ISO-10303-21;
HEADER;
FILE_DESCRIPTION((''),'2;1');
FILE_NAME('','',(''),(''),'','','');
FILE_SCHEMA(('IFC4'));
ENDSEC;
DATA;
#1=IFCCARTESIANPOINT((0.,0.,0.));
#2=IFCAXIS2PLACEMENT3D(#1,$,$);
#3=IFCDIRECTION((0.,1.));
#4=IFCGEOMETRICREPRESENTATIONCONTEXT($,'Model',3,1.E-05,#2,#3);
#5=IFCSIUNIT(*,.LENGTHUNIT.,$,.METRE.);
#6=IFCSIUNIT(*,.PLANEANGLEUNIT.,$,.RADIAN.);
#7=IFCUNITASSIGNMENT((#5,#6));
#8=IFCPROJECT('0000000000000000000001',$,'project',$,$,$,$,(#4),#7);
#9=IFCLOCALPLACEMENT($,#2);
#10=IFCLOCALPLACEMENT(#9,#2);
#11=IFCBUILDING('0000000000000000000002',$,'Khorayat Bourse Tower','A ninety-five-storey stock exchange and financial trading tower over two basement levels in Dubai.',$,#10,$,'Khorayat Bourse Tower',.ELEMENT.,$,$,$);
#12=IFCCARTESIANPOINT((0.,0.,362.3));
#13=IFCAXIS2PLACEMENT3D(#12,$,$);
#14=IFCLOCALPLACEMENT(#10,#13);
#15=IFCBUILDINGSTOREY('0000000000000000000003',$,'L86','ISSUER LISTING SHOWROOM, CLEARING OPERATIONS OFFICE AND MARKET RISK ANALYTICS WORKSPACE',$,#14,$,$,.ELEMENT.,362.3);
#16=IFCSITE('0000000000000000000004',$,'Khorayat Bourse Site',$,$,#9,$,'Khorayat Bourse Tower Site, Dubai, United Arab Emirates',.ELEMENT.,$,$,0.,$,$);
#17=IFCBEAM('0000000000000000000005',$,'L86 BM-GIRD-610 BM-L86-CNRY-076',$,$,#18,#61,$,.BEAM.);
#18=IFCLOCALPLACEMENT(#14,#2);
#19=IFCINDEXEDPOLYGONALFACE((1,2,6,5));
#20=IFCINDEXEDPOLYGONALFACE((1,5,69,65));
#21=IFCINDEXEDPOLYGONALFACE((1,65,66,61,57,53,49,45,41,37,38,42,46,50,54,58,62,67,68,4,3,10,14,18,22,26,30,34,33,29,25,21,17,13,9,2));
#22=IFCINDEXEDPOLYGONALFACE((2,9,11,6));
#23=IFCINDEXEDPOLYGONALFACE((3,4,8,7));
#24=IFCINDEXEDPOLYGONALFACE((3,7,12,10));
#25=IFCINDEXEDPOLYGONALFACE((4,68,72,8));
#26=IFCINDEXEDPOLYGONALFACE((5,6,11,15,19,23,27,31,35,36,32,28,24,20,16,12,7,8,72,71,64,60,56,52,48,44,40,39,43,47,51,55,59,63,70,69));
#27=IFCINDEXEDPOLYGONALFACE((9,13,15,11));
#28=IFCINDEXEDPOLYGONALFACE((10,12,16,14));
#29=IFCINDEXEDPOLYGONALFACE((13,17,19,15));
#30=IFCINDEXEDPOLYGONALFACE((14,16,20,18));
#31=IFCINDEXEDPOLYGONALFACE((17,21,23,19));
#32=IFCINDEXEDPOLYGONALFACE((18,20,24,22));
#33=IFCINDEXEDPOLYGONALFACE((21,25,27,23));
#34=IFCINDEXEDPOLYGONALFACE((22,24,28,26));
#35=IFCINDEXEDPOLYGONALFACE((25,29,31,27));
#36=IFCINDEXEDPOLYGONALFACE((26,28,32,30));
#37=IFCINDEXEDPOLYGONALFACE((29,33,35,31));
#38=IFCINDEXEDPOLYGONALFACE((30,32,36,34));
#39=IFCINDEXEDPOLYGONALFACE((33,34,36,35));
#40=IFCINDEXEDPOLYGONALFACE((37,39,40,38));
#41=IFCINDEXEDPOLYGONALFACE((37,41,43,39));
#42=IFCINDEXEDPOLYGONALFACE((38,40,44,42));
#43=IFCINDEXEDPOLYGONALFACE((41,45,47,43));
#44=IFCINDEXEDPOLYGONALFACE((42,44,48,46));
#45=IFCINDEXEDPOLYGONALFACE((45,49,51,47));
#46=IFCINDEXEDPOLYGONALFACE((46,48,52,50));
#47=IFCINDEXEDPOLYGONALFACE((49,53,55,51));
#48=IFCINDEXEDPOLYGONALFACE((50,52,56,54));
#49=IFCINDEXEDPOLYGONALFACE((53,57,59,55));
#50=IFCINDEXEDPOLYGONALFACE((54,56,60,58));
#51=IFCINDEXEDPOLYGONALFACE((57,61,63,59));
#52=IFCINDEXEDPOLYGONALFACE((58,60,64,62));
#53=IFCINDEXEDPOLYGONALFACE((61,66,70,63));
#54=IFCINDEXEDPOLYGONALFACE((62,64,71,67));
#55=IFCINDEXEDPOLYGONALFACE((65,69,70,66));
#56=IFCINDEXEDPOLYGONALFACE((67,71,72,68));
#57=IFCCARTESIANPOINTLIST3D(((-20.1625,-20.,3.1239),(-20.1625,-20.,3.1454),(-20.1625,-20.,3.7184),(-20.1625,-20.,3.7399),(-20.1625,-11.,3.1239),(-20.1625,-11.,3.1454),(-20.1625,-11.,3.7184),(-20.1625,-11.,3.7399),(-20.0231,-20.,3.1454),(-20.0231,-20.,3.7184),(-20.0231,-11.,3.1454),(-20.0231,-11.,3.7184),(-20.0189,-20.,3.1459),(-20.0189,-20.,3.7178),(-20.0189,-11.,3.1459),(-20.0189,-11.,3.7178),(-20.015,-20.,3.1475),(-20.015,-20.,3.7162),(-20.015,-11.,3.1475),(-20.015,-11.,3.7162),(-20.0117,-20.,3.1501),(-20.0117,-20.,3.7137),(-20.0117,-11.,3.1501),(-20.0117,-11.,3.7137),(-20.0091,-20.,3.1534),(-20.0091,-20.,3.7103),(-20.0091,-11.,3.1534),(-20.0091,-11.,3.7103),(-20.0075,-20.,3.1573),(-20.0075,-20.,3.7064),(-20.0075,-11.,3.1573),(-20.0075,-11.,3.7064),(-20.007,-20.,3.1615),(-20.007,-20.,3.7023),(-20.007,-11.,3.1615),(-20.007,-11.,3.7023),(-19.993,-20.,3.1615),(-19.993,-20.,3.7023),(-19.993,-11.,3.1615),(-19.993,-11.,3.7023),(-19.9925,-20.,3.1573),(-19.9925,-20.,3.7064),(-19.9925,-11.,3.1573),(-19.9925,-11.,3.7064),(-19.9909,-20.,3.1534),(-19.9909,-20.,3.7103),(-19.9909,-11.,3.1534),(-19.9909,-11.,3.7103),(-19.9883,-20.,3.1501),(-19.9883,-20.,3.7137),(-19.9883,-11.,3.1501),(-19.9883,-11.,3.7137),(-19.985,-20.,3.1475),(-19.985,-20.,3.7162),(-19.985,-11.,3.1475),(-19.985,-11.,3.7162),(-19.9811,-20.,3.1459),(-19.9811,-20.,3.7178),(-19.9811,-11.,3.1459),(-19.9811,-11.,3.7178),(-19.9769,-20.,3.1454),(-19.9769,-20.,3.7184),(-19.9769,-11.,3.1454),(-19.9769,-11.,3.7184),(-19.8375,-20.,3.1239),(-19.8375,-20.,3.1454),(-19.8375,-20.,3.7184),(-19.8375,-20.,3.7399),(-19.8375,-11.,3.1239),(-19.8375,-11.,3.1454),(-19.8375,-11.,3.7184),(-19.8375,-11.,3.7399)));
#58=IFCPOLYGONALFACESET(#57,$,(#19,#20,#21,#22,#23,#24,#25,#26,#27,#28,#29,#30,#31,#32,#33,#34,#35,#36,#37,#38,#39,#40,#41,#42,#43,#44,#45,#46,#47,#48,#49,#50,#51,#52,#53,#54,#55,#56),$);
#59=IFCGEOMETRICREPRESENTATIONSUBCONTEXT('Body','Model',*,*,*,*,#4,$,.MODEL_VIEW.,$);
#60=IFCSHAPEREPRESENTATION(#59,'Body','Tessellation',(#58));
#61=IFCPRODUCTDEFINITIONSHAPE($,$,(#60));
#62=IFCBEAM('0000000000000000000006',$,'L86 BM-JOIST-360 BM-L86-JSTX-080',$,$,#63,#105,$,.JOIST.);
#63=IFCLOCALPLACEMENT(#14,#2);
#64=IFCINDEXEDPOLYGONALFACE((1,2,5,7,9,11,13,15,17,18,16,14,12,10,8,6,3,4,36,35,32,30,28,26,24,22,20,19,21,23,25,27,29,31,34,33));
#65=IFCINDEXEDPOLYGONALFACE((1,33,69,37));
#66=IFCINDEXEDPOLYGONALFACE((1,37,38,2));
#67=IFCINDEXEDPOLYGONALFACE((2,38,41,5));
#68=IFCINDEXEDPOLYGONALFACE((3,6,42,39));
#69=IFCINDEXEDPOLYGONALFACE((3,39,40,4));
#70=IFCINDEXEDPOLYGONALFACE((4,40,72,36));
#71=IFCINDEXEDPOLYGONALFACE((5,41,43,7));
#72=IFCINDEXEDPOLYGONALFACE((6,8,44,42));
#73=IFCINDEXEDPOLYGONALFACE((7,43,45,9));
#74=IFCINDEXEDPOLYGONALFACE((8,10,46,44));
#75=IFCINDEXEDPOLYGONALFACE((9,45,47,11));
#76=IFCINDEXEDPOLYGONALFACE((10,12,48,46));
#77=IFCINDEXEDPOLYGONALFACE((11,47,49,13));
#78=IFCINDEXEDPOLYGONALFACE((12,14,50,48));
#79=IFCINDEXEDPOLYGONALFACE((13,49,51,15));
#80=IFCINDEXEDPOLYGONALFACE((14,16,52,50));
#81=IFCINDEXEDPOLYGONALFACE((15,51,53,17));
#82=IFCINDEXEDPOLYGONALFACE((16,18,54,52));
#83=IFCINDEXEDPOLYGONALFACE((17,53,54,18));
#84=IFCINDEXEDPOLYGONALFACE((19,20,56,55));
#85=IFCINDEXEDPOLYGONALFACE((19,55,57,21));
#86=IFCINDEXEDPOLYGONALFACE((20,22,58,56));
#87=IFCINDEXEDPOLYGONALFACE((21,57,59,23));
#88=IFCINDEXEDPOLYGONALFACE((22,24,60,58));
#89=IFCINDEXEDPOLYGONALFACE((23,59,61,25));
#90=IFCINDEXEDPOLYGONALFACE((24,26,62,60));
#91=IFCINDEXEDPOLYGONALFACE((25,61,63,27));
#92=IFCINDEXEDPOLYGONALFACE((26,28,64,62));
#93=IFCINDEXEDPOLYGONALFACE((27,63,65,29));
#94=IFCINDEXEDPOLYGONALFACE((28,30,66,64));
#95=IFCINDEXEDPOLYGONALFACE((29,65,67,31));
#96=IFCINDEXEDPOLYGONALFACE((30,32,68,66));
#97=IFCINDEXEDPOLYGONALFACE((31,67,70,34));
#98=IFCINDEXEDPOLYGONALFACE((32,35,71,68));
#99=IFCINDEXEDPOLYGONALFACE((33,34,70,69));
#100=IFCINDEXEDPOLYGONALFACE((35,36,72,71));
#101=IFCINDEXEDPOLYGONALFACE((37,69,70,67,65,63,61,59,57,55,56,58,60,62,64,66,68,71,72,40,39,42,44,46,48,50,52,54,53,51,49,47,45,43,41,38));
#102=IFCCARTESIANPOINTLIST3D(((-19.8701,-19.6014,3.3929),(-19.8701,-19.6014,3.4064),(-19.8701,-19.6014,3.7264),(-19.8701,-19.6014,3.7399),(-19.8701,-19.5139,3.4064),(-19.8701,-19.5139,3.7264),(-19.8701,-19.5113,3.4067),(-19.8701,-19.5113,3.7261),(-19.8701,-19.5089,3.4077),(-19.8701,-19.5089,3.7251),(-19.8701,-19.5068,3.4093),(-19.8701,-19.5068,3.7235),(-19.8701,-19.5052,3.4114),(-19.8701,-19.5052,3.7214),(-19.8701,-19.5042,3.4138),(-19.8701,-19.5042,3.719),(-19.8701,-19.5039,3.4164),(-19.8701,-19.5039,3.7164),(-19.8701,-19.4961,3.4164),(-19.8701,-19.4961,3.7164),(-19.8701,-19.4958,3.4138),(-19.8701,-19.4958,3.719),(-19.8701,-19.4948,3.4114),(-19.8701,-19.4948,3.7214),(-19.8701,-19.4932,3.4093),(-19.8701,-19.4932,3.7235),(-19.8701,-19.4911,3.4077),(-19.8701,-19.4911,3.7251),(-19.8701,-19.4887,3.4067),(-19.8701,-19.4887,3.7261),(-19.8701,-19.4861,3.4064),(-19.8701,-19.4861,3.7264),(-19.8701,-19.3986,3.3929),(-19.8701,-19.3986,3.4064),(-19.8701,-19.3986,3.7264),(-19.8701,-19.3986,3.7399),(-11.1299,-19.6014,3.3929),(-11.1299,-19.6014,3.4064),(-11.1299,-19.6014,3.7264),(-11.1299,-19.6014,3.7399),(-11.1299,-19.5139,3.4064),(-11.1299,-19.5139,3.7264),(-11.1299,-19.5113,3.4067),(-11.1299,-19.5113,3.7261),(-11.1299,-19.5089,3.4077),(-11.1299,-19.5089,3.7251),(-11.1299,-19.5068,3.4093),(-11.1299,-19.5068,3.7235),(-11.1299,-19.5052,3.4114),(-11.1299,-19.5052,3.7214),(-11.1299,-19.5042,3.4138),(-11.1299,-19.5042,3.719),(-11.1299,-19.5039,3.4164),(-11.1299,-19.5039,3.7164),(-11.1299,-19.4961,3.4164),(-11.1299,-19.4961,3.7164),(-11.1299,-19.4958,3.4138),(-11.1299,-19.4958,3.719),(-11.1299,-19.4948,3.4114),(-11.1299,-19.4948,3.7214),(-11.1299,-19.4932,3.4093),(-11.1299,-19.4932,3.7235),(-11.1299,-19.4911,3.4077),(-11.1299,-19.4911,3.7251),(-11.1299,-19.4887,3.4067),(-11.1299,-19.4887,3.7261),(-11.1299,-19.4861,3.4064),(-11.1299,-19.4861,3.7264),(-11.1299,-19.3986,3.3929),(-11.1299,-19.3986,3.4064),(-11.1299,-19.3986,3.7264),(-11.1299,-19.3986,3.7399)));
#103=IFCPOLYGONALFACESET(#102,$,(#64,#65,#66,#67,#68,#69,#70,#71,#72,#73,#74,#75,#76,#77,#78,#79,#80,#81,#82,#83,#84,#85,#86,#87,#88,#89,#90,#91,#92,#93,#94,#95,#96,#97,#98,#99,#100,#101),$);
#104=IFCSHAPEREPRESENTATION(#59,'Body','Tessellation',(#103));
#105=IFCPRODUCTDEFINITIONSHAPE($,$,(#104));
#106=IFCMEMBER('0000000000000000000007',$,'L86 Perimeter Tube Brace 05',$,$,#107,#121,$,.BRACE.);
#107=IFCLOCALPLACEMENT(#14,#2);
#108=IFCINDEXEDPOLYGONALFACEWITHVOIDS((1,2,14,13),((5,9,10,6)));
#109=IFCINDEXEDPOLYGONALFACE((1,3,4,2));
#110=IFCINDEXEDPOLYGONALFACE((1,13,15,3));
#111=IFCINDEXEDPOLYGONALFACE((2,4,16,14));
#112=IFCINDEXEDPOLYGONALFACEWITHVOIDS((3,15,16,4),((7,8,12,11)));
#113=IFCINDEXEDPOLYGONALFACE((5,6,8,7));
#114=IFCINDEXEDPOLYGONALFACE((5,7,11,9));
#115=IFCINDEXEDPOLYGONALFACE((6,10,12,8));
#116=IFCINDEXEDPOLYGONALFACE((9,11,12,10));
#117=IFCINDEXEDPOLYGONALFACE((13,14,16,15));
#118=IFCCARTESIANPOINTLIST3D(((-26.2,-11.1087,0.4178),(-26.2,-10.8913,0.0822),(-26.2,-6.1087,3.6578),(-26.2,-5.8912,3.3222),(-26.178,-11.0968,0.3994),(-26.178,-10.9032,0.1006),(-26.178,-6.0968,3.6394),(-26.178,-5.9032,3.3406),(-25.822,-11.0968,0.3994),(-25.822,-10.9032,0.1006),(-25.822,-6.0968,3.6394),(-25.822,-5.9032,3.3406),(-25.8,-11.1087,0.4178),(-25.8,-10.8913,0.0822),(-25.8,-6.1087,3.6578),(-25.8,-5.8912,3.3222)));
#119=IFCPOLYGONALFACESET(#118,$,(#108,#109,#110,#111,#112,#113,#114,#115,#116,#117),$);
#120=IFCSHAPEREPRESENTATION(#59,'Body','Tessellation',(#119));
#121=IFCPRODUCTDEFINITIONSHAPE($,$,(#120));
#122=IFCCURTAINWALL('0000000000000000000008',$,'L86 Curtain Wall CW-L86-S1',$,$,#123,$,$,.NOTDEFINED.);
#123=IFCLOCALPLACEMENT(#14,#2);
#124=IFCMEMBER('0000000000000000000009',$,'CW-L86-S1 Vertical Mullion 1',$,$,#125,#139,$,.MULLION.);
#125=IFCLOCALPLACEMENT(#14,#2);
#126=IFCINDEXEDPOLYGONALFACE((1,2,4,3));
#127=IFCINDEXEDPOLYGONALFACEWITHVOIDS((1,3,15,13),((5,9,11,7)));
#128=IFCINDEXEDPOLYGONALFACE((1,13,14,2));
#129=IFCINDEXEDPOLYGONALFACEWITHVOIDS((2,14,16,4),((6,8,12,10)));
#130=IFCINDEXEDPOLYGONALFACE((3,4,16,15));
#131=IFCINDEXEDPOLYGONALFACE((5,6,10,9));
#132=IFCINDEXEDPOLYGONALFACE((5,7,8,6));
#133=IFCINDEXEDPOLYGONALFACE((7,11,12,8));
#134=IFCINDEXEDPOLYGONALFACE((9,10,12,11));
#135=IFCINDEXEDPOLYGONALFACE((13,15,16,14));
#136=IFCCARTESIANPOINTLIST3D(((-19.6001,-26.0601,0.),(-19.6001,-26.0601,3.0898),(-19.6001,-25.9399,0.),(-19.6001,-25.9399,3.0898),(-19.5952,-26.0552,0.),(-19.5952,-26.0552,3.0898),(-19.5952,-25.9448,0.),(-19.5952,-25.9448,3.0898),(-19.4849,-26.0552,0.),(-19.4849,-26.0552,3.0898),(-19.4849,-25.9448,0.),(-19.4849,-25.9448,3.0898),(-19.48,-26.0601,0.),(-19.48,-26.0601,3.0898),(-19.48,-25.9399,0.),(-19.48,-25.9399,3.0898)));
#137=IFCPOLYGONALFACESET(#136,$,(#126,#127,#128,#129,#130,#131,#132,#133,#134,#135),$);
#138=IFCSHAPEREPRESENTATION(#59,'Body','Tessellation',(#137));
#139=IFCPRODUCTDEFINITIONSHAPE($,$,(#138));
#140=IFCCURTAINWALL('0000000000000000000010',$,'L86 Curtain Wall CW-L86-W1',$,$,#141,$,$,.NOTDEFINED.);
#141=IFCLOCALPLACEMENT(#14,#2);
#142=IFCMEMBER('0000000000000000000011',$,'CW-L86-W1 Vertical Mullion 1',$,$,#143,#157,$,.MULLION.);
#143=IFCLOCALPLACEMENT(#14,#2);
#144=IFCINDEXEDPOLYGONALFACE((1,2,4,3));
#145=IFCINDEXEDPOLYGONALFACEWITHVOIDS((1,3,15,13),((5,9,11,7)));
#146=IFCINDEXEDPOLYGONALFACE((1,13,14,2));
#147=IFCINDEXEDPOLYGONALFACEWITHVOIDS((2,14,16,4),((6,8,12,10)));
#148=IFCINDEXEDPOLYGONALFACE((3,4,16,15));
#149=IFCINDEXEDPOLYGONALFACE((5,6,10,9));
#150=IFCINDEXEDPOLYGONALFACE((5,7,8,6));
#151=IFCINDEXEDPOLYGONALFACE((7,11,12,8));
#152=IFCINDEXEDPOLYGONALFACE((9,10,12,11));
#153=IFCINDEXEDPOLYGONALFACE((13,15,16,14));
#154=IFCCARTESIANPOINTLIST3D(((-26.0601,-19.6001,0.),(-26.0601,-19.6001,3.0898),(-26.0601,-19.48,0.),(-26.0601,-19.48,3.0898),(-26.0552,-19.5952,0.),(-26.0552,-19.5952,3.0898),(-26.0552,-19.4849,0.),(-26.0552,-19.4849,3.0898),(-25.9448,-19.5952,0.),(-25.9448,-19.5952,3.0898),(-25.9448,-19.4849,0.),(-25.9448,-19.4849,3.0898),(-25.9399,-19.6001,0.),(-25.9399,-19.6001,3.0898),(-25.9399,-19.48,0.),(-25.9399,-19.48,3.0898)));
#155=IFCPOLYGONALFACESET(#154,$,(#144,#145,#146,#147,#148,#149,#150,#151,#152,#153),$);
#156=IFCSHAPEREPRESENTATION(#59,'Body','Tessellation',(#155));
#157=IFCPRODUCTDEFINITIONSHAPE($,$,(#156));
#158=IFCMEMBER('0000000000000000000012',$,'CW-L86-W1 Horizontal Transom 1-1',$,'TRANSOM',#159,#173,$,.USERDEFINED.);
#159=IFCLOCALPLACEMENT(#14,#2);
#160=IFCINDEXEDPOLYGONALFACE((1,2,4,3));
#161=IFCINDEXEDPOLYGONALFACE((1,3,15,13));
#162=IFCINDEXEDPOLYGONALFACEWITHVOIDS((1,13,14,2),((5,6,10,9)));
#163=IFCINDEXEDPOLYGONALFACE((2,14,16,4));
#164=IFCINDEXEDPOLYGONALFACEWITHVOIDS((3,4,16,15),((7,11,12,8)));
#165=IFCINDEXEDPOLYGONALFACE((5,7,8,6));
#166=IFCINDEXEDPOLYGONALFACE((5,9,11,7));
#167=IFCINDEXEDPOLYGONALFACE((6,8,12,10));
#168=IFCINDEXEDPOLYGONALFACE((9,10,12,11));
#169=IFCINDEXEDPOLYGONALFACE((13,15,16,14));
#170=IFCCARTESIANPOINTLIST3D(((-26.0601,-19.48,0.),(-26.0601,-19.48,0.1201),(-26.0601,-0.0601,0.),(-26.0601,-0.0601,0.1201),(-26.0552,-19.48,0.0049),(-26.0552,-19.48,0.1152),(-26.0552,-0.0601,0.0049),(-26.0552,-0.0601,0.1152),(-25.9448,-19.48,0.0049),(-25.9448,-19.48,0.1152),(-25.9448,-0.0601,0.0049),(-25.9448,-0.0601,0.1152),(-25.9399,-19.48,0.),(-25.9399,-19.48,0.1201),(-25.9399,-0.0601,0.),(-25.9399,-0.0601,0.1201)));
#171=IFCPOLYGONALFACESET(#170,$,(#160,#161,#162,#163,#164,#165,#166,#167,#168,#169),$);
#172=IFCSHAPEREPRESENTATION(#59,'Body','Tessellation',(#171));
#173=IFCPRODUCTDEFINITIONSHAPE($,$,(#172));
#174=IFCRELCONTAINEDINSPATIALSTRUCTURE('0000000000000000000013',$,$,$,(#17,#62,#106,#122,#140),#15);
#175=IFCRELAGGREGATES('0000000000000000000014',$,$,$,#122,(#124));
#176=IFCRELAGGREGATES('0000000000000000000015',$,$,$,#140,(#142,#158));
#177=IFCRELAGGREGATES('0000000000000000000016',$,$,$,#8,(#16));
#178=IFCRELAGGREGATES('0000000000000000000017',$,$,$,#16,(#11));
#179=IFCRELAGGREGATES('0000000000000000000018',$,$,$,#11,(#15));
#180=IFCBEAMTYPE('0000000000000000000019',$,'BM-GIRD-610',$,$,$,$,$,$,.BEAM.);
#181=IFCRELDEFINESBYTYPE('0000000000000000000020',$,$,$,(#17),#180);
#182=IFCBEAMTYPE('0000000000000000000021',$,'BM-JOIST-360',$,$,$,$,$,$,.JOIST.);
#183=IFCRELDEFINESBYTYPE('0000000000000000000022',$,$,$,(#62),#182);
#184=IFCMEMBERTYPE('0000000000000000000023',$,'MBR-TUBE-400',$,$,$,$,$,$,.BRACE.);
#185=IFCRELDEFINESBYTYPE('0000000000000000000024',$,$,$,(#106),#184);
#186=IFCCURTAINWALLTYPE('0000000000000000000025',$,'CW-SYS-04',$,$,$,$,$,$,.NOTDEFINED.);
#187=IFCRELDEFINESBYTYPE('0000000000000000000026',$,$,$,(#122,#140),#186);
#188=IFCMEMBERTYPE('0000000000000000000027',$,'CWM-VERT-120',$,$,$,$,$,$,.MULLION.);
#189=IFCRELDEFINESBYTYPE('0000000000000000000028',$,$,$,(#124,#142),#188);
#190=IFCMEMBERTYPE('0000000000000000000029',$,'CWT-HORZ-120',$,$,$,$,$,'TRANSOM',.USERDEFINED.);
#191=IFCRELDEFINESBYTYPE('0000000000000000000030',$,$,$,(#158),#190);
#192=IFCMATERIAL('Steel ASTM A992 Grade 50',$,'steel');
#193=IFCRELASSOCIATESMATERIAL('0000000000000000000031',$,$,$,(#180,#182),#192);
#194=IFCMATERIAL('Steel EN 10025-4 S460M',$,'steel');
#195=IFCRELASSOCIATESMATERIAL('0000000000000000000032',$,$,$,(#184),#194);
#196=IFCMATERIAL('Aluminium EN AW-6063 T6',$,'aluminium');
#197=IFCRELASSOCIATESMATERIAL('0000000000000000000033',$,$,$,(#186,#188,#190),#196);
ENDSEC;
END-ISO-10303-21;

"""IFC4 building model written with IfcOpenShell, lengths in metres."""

from ifc_helpers import new_model, si_unit, direction, frame, origin, origin_2d, place, context, subcontext, project, spatial, hollow_rectangle, i_section, extrude, source, transform, mapped, material, material_profile, profile_set, type_object, element, aggregate, save


model = new_model("IFC4")

# Units and contexts
model_context = context("Model", 3, precision=1e-05, world=origin(), true_north=direction((0.0, 1.0)))
body_context = subcontext(model_context, "Body", "Model", "MODEL_VIEW")
ifc_project = project(units=[si_unit("LENGTHUNIT", "METRE"), si_unit("PLANEANGLEUNIT", "RADIAN")], contexts=[model_context])

# Site, building, storey
site_placement = place(None, origin())
site = spatial("IfcSite", under=ifc_project, at=site_placement, Name="Khorayat Bourse Site", LongName="Khorayat Bourse Tower Site, Dubai, United Arab Emirates", CompositionType="ELEMENT", RefElevation=0.0)
building_placement = place(site_placement, origin())
building = spatial("IfcBuilding", under=site, at=building_placement, Name="Khorayat Bourse Tower", Description="A ninety-five-storey stock exchange and financial trading tower over two basement levels in Dubai.", LongName="Khorayat Bourse Tower", CompositionType="ELEMENT")
storey_placement = place(building_placement, frame((0.0, 0.0, 362.3)))
storey = spatial("IfcBuildingStorey", under=building, at=storey_placement, Name="L86", Description="ISSUER LISTING SHOWROOM, CLEARING OPERATIONS OFFICE AND MARKET RISK ANALYTICS WORKSPACE", CompositionType="ELEMENT", Elevation=362.3)

# Beams
ifc_material_1 = material(Name="Steel ASTM A992 Grade 50", Category="steel")
ifc_material_profile_1 = material_profile(ifc_material_1, i_section(OverallWidth=0.325, OverallDepth=0.616, WebThickness=0.0139, FlangeThickness=0.0215, FilletRadius=0.0161, at=origin_2d()), Name="W610X174")
ifc_profile_set_1 = profile_set([ifc_material_profile_1], Name="Steel ASTM A992 Grade 50")
beam_type_1 = type_object("IfcBeamType", Name="BM-GIRD-610", PredefinedType="BEAM", material=ifc_profile_set_1)
shared_shape_1 = source(origin(), body_context, "Body", "SweptSolid", [
    extrude(i_section(OverallWidth=0.325, OverallDepth=0.616, WebThickness=0.0139, FlangeThickness=0.0215, FilletRadius=0.0161, at=origin_2d()), origin(), (0.0, 0.0, 1.0), 9.0),
])
beam_1_placement = place(storey_placement, frame((-20.0, -20.0, 3.4319), z_axis=(0.0, 1.0, 0.0), x_axis=(-1.0, 0.0, 0.0)))
element("IfcBeam", 1, at=beam_1_placement, inside=storey, type_object=beam_type_1, Name="L86 BM-GIRD-610 BM-L86-CNRY-076", PredefinedType="BEAM", context=body_context, shape_type="MappedRepresentation", body=[
    mapped(shared_shape_1, transform((0.0, 0.0, 0.0), scale=1.0)),
])
ifc_material_profile_2 = material_profile(ifc_material_1, i_section(OverallWidth=0.2029, OverallDepth=0.3469, WebThickness=0.0078, FlangeThickness=0.0134, FilletRadius=0.01, at=origin_2d()), Name="W360X64")
ifc_profile_set_2 = profile_set([ifc_material_profile_2], Name="Steel ASTM A992 Grade 50")
beam_type_2 = type_object("IfcBeamType", Name="BM-JOIST-360", PredefinedType="JOIST", material=ifc_profile_set_2)
shared_shape_2 = source(origin(), body_context, "Body", "SweptSolid", [
    extrude(i_section(OverallWidth=0.2029, OverallDepth=0.3469, WebThickness=0.0078, FlangeThickness=0.0134, FilletRadius=0.01, at=origin_2d()), origin(), (0.0, 0.0, 1.0), 8.7402),
])
beam_2_placement = place(storey_placement, frame((-19.8701, -19.5, 3.5664), z_axis=(1.0, 0.0, 0.0), x_axis=(0.0, 1.0, 0.0)))
element("IfcBeam", 2, at=beam_2_placement, inside=storey, type_object=beam_type_2, Name="L86 BM-JOIST-360 BM-L86-JSTX-080", PredefinedType="JOIST", context=body_context, shape_type="MappedRepresentation", body=[
    mapped(shared_shape_2, transform((0.0, 0.0, 0.0), scale=1.0)),
])

# Member
ifc_material_2 = material(Name="Steel EN 10025-4 S460M", Category="steel")
ifc_material_profile_3 = material_profile(ifc_material_2, hollow_rectangle(XDim=0.3999, YDim=0.3999, WallThickness=0.022, at=origin_2d()), Name="HSS 400x400x22")
ifc_profile_set_3 = profile_set([ifc_material_profile_3], Name="Steel EN 10025-4 S460M")
member_type_1 = type_object("IfcMemberType", Name="MBR-TUBE-400", PredefinedType="BRACE", material=ifc_profile_set_3)
shared_shape_3 = source(origin(), body_context, "Body", "SweptSolid", [
    extrude(hollow_rectangle(XDim=0.3999, YDim=0.3999, WallThickness=0.022, at=origin_2d()), origin(), (0.0, 0.0, 1.0), 5.958),
])
member_1_placement = place(storey_placement, frame((-26.0, -11.0, 0.25), z_axis=(0.0, 0.83921, 0.543807), x_axis=(-1.0, 0.0, 0.0)))
element("IfcMember", 3, at=member_1_placement, inside=storey, type_object=member_type_1, Name="L86 Perimeter Tube Brace 05", PredefinedType="BRACE", context=body_context, shape_type="MappedRepresentation", body=[
    mapped(shared_shape_3, transform((0.0, 0.0, 0.0), scale=1.0)),
])

# Curtain wall, member
ifc_material_3 = material(Name="Aluminium EN AW-6063 T6", Category="aluminium")
curtain_wall_type = type_object("IfcCurtainWallType", Name="CW-SYS-04", PredefinedType="NOTDEFINED", material=ifc_material_3)
curtain_wall_1_placement = place(storey_placement, origin())
curtain_wall_1 = element("IfcCurtainWall", 4, at=curtain_wall_1_placement, inside=storey, type_object=curtain_wall_type, Name="L86 Curtain Wall CW-L86-S1", PredefinedType="NOTDEFINED")
ifc_material_profile_4 = material_profile(ifc_material_3, hollow_rectangle(XDim=0.1201, YDim=0.1201, WallThickness=0.0049, at=origin_2d()), Name="ALU 120x120x5")
ifc_profile_set_4 = profile_set([ifc_material_profile_4], Name="Aluminium EN AW-6063 T6")
member_type_2 = type_object("IfcMemberType", Name="CWM-VERT-120", PredefinedType="MULLION", material=ifc_profile_set_4)
shared_shape_4 = source(origin(), body_context, "Body", "SweptSolid", [
    extrude(hollow_rectangle(XDim=0.1201, YDim=0.1201, WallThickness=0.0049, at=origin_2d()), origin(), (0.0, 0.0, 1.0), 3.0898),
])
member_2_placement = place(storey_placement, frame((-19.54, -26.0, 0.0), z_axis=(0.0, 0.0, 1.0), x_axis=(0.0, 1.0, 0.0)))
member_2 = element("IfcMember", 5, at=member_2_placement, type_object=member_type_2, Name="CW-L86-S1 Vertical Mullion 1", PredefinedType="MULLION", context=body_context, shape_type="MappedRepresentation", body=[
    mapped(shared_shape_4, transform((0.0, 0.0, 0.0), scale=1.0)),
])
aggregate(curtain_wall_1, [member_2])

# Curtain wall, members
curtain_wall_2_placement = place(storey_placement, origin())
curtain_wall_2 = element("IfcCurtainWall", 6, at=curtain_wall_2_placement, inside=storey, type_object=curtain_wall_type, Name="L86 Curtain Wall CW-L86-W1", PredefinedType="NOTDEFINED")
member_3_placement = place(storey_placement, frame((-26.0, -19.54, 0.0), z_axis=(0.0, 0.0, 1.0), x_axis=(-1.0, 0.0, 0.0)))
member_3 = element("IfcMember", 7, at=member_3_placement, type_object=member_type_2, Name="CW-L86-W1 Vertical Mullion 1", PredefinedType="MULLION", context=body_context, shape_type="MappedRepresentation", body=[
    mapped(shared_shape_4, transform((0.0, 0.0, 0.0), scale=1.0)),
])
ifc_material_profile_5 = material_profile(ifc_material_3, hollow_rectangle(XDim=0.1201, YDim=0.1201, WallThickness=0.0049, at=origin_2d()), Name="ALU 120x120x5")
ifc_profile_set_5 = profile_set([ifc_material_profile_5], Name="Aluminium EN AW-6063 T6")
member_type_3 = type_object("IfcMemberType", Name="CWT-HORZ-120", ElementType="TRANSOM", PredefinedType="USERDEFINED", material=ifc_profile_set_5)
shared_shape_5 = source(origin(), body_context, "Body", "SweptSolid", [
    extrude(hollow_rectangle(XDim=0.1201, YDim=0.1201, WallThickness=0.0049, at=origin_2d()), origin(), (0.0, 0.0, 1.0), 19.4199),
])
member_4_placement = place(storey_placement, frame((-26.0, -19.48, 0.0601), z_axis=(0.0, 1.0, 0.0), x_axis=(-1.0, 0.0, 0.0)))
member_4 = element("IfcMember", 8, at=member_4_placement, type_object=member_type_3, Name="CW-L86-W1 Horizontal Transom 1-1", ObjectType="TRANSOM", PredefinedType="USERDEFINED", context=body_context, shape_type="MappedRepresentation", body=[
    mapped(shared_shape_5, transform((0.0, 0.0, 0.0), scale=1.0)),
])
aggregate(curtain_wall_2, [member_3, member_4])

save(model, "model.ifc")
